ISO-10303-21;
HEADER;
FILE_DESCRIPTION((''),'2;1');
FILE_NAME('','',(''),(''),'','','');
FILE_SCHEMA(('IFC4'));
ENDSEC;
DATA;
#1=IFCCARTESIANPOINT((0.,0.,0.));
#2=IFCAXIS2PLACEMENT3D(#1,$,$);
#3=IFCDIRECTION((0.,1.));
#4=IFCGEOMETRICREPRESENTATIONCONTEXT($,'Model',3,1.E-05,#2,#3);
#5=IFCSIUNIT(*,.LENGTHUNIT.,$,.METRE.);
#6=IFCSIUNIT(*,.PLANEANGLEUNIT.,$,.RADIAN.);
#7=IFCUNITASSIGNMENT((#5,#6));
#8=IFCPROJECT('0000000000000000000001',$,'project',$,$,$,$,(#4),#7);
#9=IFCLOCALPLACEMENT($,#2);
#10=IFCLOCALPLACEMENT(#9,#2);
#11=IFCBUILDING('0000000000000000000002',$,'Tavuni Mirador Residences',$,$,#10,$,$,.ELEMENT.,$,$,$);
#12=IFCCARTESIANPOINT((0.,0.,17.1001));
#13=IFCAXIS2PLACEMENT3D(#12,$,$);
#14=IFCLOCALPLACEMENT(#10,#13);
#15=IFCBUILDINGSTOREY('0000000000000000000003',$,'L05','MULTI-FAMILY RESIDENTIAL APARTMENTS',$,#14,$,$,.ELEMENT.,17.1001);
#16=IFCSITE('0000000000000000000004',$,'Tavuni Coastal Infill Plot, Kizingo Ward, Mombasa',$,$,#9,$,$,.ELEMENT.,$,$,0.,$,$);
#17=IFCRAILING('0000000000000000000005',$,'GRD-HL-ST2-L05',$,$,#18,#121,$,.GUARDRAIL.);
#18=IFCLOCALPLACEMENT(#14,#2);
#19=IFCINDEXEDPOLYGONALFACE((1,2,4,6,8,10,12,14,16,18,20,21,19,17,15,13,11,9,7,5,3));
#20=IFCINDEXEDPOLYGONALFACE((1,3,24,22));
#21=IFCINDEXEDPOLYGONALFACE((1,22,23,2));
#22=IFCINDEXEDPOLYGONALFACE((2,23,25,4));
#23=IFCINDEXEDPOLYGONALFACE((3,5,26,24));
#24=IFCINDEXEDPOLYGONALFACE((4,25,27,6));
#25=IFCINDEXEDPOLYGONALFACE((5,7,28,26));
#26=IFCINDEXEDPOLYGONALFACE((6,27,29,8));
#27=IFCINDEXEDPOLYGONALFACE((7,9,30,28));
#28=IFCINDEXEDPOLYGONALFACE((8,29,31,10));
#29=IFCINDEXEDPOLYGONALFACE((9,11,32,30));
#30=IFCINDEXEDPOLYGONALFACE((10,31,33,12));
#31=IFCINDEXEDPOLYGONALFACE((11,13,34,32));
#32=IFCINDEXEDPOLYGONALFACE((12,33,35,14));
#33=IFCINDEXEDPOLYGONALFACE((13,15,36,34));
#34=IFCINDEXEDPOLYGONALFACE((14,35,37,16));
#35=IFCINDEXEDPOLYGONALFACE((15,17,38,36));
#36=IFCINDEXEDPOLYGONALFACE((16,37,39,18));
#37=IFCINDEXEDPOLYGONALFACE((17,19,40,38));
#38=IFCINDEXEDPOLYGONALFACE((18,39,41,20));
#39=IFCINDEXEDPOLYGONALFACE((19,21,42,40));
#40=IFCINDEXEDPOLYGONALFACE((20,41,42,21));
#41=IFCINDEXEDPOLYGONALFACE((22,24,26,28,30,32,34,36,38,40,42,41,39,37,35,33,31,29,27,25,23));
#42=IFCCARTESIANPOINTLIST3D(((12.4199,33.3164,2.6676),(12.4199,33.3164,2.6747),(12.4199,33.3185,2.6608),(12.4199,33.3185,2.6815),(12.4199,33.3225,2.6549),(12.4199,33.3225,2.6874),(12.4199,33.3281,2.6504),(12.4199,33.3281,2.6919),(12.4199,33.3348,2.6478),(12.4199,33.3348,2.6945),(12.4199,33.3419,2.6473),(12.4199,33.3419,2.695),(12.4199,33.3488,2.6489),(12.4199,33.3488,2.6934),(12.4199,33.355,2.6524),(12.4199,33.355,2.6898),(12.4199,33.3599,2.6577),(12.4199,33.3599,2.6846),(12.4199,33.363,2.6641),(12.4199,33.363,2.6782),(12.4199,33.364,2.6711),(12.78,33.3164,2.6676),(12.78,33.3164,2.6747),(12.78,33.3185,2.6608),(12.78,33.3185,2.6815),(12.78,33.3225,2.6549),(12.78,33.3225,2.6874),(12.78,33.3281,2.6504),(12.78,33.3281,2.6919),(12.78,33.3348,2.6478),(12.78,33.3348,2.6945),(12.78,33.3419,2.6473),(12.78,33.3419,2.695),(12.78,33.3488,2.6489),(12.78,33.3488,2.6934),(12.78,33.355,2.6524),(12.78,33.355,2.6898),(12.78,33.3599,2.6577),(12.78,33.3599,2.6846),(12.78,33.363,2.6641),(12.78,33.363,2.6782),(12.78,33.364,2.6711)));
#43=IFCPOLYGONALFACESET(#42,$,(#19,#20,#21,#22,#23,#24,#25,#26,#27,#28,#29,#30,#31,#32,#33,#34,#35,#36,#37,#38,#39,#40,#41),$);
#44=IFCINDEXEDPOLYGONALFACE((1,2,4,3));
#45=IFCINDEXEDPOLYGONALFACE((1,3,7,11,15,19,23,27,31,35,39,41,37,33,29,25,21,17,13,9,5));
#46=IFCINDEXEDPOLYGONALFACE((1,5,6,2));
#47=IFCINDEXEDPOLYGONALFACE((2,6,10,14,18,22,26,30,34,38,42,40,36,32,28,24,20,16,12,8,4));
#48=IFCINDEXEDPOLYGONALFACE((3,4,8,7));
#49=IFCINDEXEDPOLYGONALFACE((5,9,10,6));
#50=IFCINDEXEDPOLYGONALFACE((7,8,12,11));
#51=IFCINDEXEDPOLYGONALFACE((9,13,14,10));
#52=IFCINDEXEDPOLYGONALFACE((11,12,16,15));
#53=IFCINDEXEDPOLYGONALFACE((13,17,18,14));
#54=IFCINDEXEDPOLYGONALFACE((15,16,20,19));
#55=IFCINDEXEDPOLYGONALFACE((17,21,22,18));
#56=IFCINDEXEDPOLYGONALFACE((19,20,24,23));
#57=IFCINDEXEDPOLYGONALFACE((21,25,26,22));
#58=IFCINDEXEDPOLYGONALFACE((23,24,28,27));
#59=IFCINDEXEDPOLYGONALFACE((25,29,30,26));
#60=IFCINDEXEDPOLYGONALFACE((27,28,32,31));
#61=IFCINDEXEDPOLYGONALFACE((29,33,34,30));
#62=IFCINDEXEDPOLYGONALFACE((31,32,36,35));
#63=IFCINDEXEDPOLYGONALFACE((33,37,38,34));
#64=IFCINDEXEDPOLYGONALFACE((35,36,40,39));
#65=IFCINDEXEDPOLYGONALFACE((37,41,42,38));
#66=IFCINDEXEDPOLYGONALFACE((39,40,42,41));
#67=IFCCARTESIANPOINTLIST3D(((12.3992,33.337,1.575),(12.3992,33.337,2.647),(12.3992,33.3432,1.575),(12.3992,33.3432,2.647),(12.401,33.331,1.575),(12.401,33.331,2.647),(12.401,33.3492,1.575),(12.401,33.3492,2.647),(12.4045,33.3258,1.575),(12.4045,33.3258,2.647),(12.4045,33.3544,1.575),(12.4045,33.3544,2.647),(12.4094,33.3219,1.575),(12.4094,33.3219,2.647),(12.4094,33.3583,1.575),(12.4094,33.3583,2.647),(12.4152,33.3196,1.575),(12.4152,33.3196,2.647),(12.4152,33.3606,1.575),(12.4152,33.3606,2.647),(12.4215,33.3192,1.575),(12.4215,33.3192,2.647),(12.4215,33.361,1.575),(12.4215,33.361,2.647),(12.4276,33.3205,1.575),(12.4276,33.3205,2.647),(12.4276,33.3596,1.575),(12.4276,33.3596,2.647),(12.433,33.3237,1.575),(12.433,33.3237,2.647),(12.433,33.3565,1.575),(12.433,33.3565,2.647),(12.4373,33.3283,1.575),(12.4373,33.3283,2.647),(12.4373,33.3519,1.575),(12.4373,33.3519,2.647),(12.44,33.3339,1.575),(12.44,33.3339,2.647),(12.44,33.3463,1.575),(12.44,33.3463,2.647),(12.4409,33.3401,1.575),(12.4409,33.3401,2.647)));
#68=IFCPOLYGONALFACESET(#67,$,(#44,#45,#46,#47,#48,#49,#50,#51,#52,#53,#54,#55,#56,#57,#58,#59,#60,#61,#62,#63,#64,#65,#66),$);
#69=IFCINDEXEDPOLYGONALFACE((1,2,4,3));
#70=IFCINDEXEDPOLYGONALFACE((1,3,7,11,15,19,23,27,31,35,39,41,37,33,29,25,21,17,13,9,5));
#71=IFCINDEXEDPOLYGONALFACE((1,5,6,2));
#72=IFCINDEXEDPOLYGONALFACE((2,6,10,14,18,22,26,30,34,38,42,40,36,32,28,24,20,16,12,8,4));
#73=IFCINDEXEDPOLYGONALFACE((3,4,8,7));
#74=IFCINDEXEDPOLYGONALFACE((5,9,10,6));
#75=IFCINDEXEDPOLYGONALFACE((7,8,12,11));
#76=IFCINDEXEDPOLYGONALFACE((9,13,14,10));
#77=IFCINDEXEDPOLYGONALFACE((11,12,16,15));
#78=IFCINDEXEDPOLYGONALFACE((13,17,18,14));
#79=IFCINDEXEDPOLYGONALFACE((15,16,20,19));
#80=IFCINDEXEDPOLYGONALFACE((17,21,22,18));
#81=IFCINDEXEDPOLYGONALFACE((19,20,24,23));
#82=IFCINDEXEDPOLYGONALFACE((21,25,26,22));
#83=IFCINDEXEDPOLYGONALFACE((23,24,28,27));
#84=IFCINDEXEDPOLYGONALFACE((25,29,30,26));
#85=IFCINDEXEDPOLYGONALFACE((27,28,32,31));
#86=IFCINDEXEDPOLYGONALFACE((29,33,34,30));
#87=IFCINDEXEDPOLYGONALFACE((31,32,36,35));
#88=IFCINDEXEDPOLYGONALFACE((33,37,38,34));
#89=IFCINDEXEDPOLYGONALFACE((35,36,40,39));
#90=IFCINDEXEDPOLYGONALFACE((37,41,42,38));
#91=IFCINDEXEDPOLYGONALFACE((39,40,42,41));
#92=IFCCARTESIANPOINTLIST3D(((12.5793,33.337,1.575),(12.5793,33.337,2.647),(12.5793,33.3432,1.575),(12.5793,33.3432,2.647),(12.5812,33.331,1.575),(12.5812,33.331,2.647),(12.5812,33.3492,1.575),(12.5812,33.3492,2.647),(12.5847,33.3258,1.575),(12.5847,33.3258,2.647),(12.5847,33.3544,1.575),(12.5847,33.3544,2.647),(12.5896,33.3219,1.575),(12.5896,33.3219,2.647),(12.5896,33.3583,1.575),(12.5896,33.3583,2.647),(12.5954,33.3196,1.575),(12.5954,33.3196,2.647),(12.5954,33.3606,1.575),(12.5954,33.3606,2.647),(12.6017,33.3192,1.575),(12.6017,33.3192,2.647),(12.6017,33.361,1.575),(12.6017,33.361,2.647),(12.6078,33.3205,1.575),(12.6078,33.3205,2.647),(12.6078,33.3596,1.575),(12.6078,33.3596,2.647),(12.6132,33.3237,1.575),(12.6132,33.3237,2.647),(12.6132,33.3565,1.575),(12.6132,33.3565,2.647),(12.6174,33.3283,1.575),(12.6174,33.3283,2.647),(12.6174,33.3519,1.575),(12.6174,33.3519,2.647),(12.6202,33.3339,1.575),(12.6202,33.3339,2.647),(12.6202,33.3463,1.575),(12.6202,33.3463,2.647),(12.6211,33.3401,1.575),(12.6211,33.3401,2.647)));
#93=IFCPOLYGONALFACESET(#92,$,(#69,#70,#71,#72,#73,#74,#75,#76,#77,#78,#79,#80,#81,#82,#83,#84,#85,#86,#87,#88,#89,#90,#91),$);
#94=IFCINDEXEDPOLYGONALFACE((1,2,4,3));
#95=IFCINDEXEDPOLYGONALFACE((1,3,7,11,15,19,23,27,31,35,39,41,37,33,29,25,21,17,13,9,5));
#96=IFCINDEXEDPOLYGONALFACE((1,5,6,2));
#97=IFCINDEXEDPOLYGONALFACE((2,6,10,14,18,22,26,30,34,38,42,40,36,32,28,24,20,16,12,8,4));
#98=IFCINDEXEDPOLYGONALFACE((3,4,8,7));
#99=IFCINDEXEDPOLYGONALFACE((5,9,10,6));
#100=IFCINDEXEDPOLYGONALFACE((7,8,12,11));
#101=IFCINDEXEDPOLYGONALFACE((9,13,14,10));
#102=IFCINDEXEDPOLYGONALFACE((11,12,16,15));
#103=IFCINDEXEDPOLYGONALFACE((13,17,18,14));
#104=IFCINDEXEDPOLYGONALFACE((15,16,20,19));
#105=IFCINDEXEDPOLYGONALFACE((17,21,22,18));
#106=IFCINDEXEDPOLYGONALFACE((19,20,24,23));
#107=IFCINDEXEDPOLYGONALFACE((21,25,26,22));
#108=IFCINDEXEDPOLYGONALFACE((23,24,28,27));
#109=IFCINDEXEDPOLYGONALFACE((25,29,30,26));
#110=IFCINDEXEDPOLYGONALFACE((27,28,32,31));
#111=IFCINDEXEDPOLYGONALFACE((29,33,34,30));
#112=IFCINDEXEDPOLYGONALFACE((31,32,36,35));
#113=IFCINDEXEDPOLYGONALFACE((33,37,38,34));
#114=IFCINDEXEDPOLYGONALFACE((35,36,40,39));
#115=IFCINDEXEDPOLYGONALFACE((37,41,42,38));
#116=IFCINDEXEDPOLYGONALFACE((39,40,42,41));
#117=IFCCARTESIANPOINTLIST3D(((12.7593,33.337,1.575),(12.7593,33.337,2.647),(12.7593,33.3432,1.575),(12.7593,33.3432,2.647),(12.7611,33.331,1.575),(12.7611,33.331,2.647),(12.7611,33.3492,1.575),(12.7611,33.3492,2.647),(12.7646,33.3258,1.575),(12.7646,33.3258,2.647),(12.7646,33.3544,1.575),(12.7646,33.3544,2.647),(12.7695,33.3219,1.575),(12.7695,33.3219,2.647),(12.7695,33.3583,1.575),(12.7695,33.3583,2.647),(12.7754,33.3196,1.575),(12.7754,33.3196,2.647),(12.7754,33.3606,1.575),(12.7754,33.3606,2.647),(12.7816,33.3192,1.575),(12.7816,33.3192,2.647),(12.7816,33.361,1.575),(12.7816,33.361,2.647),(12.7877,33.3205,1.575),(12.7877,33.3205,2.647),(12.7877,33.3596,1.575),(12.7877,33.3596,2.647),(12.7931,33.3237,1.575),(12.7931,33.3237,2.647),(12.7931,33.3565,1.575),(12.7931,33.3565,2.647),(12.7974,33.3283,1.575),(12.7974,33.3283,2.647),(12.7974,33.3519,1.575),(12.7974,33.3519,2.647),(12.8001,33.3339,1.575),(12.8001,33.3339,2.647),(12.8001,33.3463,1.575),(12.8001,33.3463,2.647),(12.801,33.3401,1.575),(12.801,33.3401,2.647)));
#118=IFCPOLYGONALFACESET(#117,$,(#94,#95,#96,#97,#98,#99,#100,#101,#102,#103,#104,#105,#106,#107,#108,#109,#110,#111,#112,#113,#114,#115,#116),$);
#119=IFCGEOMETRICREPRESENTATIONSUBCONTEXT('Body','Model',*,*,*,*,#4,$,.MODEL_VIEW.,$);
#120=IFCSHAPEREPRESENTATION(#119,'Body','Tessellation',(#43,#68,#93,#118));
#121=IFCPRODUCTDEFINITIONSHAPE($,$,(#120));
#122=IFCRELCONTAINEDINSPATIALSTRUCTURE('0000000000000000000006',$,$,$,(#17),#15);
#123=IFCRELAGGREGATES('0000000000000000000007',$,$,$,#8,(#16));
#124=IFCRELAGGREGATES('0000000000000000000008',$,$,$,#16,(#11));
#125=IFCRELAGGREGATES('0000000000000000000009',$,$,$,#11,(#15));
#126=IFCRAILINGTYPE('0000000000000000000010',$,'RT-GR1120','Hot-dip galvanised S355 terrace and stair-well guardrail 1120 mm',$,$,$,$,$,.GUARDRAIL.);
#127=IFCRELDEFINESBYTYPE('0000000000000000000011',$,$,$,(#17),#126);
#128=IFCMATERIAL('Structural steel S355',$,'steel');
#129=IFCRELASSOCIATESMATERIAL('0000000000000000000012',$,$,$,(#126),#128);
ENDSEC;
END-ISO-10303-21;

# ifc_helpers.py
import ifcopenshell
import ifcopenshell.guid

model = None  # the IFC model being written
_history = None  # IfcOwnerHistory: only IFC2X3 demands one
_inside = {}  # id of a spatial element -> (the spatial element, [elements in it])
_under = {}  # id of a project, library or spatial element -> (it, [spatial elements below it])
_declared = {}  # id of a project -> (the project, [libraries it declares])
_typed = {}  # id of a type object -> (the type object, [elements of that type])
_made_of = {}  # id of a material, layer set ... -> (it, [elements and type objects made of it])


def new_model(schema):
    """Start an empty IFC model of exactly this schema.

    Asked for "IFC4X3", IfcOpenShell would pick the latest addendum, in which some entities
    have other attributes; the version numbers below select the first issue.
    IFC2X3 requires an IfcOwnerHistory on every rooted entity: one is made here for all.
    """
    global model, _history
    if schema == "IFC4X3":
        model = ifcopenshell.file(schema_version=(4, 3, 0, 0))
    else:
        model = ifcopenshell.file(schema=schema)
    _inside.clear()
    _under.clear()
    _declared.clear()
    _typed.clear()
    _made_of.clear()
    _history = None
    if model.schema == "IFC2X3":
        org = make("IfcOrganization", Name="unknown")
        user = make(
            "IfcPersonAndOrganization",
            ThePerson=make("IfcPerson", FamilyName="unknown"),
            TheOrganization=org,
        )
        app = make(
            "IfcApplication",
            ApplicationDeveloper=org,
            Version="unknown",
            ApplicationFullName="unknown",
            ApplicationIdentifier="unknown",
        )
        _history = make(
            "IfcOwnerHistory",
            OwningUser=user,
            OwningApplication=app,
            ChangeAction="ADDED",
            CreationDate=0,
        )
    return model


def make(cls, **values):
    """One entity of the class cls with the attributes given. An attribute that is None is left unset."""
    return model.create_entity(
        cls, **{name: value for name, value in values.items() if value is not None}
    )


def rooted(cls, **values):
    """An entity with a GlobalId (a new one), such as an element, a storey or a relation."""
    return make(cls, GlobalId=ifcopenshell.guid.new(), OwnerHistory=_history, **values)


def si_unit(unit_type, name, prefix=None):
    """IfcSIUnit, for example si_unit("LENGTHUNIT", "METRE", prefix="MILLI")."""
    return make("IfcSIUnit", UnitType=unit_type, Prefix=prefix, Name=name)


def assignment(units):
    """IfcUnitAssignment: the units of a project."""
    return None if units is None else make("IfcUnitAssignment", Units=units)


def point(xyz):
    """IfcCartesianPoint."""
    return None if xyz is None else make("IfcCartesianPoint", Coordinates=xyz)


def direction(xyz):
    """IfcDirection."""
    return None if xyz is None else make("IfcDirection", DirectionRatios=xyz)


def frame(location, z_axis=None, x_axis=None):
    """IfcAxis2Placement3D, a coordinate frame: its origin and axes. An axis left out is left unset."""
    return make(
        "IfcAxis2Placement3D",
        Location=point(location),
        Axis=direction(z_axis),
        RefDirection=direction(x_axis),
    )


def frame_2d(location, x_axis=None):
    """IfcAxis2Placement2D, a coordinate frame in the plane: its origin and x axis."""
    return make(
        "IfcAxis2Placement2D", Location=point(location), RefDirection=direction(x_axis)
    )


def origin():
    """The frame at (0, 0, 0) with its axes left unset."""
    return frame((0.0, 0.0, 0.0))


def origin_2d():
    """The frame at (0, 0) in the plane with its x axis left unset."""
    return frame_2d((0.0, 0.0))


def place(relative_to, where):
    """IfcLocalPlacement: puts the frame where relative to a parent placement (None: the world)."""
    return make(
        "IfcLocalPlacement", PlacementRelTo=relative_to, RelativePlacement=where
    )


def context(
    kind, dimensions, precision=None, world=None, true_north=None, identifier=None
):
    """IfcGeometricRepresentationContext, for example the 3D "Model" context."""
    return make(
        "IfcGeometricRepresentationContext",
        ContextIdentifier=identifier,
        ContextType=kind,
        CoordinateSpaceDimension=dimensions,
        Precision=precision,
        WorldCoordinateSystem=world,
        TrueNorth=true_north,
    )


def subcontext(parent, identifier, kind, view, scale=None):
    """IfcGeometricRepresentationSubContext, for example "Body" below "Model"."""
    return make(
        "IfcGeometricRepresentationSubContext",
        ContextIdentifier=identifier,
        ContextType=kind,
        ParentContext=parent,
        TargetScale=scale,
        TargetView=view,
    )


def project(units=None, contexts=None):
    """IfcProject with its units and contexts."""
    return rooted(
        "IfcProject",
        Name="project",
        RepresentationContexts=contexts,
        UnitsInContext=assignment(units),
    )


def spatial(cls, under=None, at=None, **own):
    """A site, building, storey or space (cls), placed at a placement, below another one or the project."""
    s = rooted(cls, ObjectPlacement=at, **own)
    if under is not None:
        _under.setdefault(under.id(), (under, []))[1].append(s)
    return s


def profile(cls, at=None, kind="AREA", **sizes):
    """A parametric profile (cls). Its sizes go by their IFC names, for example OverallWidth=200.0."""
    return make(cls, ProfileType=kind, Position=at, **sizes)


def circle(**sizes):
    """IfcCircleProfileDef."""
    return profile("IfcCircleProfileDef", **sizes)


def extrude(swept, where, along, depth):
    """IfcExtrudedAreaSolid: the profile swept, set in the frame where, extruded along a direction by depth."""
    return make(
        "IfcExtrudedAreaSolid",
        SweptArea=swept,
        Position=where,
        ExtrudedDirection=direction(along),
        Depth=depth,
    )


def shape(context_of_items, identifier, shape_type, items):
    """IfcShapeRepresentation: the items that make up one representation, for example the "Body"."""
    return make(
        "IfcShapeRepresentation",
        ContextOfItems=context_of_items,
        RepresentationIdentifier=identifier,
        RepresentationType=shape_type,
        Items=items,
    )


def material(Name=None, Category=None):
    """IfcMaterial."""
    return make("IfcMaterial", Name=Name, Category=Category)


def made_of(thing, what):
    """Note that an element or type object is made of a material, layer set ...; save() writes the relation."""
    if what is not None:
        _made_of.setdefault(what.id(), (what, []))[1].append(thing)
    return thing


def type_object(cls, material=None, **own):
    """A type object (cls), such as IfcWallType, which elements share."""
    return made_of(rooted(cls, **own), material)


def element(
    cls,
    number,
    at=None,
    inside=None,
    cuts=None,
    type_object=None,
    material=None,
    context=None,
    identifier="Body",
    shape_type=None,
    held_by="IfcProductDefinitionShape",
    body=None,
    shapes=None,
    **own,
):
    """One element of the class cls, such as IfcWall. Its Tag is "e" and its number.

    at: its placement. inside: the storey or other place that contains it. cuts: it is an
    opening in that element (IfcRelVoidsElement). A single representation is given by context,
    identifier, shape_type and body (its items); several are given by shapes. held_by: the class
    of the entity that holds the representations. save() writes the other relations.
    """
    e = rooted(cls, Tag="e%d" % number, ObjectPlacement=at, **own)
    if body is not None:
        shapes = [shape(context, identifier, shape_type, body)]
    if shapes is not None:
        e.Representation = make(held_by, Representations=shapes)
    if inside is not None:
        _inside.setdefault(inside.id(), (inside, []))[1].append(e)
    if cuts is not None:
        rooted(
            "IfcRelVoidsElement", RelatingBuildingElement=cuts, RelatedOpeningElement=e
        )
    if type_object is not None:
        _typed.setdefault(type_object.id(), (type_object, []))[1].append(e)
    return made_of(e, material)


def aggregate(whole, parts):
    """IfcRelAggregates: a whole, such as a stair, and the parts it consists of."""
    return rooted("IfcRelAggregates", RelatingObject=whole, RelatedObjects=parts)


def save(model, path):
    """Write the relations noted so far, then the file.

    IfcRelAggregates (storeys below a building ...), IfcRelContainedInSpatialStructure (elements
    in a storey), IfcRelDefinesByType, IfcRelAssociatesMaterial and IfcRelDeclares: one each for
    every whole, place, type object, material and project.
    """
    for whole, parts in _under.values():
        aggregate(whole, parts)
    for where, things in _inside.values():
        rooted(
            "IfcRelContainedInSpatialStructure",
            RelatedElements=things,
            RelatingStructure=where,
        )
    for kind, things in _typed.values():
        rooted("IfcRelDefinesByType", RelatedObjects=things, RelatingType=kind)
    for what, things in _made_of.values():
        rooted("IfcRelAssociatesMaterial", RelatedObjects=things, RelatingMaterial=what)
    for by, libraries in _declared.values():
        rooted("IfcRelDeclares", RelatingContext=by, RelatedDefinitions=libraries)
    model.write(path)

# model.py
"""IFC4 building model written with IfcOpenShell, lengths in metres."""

from ifc_helpers import new_model, si_unit, direction, frame, origin, origin_2d, place, context, subcontext, project, spatial, circle, extrude, material, type_object, element, save


model = new_model("IFC4")

# Units and contexts
model_context = context("Model", 3, precision=1e-05, world=origin(), true_north=direction((0.0, 1.0)))
body_context = subcontext(model_context, "Body", "Model", "MODEL_VIEW")
ifc_project = project(units=[si_unit("LENGTHUNIT", "METRE"), si_unit("PLANEANGLEUNIT", "RADIAN")], contexts=[model_context])

# Site, building, storey
site_placement = place(None, origin())
site = spatial("IfcSite", under=ifc_project, at=site_placement, Name="Tavuni Coastal Infill Plot, Kizingo Ward, Mombasa", CompositionType="ELEMENT", RefElevation=0.0)
building_placement = place(site_placement, origin())
building = spatial("IfcBuilding", under=site, at=building_placement, Name="Tavuni Mirador Residences", CompositionType="ELEMENT")
storey_placement = place(building_placement, frame((0.0, 0.0, 17.1001)))
storey = spatial("IfcBuildingStorey", under=building, at=storey_placement, Name="L05", Description="MULTI-FAMILY RESIDENTIAL APARTMENTS", CompositionType="ELEMENT", Elevation=17.1001)

# Shared definitions
ifc_material_1 = material(Name="Structural steel S355", Category="steel")

# Railing
railing_type_1 = type_object("IfcRailingType", Name="RT-GR1120", Description="Hot-dip galvanised S355 terrace and stair-well guardrail 1120 mm", PredefinedType="GUARDRAIL", material=ifc_material_1)
railing_1_placement = place(storey_placement, frame((12.4199, 33.3401, 1.575)))
element("IfcRailing", 1, at=railing_1_placement, inside=storey, type_object=railing_type_1, Name="GRD-HL-ST2-L05", PredefinedType="GUARDRAIL", context=body_context, shape_type="SweptSolid", body=[
    extrude(circle(Radius=0.0239, at=origin_2d()), frame((0.0, 0.0, 1.0962), z_axis=(1.0, 0.0, 0.0), x_axis=(0.0, 1.0, 0.0)), (0.0, 0.0, 1.0), 0.3601),
    extrude(circle(Radius=0.021, at=origin_2d()), origin(), (0.0, 0.0, 1.0), 1.072),
    extrude(circle(Radius=0.021, at=origin_2d()), frame((0.1802, 0.0, 0.0)), (0.0, 0.0, 1.0), 1.072),
    extrude(circle(Radius=0.021, at=origin_2d()), frame((0.3601, 0.0, 0.0)), (0.0, 0.0, 1.0), 1.072),
])

save(model, "model.ifc")
